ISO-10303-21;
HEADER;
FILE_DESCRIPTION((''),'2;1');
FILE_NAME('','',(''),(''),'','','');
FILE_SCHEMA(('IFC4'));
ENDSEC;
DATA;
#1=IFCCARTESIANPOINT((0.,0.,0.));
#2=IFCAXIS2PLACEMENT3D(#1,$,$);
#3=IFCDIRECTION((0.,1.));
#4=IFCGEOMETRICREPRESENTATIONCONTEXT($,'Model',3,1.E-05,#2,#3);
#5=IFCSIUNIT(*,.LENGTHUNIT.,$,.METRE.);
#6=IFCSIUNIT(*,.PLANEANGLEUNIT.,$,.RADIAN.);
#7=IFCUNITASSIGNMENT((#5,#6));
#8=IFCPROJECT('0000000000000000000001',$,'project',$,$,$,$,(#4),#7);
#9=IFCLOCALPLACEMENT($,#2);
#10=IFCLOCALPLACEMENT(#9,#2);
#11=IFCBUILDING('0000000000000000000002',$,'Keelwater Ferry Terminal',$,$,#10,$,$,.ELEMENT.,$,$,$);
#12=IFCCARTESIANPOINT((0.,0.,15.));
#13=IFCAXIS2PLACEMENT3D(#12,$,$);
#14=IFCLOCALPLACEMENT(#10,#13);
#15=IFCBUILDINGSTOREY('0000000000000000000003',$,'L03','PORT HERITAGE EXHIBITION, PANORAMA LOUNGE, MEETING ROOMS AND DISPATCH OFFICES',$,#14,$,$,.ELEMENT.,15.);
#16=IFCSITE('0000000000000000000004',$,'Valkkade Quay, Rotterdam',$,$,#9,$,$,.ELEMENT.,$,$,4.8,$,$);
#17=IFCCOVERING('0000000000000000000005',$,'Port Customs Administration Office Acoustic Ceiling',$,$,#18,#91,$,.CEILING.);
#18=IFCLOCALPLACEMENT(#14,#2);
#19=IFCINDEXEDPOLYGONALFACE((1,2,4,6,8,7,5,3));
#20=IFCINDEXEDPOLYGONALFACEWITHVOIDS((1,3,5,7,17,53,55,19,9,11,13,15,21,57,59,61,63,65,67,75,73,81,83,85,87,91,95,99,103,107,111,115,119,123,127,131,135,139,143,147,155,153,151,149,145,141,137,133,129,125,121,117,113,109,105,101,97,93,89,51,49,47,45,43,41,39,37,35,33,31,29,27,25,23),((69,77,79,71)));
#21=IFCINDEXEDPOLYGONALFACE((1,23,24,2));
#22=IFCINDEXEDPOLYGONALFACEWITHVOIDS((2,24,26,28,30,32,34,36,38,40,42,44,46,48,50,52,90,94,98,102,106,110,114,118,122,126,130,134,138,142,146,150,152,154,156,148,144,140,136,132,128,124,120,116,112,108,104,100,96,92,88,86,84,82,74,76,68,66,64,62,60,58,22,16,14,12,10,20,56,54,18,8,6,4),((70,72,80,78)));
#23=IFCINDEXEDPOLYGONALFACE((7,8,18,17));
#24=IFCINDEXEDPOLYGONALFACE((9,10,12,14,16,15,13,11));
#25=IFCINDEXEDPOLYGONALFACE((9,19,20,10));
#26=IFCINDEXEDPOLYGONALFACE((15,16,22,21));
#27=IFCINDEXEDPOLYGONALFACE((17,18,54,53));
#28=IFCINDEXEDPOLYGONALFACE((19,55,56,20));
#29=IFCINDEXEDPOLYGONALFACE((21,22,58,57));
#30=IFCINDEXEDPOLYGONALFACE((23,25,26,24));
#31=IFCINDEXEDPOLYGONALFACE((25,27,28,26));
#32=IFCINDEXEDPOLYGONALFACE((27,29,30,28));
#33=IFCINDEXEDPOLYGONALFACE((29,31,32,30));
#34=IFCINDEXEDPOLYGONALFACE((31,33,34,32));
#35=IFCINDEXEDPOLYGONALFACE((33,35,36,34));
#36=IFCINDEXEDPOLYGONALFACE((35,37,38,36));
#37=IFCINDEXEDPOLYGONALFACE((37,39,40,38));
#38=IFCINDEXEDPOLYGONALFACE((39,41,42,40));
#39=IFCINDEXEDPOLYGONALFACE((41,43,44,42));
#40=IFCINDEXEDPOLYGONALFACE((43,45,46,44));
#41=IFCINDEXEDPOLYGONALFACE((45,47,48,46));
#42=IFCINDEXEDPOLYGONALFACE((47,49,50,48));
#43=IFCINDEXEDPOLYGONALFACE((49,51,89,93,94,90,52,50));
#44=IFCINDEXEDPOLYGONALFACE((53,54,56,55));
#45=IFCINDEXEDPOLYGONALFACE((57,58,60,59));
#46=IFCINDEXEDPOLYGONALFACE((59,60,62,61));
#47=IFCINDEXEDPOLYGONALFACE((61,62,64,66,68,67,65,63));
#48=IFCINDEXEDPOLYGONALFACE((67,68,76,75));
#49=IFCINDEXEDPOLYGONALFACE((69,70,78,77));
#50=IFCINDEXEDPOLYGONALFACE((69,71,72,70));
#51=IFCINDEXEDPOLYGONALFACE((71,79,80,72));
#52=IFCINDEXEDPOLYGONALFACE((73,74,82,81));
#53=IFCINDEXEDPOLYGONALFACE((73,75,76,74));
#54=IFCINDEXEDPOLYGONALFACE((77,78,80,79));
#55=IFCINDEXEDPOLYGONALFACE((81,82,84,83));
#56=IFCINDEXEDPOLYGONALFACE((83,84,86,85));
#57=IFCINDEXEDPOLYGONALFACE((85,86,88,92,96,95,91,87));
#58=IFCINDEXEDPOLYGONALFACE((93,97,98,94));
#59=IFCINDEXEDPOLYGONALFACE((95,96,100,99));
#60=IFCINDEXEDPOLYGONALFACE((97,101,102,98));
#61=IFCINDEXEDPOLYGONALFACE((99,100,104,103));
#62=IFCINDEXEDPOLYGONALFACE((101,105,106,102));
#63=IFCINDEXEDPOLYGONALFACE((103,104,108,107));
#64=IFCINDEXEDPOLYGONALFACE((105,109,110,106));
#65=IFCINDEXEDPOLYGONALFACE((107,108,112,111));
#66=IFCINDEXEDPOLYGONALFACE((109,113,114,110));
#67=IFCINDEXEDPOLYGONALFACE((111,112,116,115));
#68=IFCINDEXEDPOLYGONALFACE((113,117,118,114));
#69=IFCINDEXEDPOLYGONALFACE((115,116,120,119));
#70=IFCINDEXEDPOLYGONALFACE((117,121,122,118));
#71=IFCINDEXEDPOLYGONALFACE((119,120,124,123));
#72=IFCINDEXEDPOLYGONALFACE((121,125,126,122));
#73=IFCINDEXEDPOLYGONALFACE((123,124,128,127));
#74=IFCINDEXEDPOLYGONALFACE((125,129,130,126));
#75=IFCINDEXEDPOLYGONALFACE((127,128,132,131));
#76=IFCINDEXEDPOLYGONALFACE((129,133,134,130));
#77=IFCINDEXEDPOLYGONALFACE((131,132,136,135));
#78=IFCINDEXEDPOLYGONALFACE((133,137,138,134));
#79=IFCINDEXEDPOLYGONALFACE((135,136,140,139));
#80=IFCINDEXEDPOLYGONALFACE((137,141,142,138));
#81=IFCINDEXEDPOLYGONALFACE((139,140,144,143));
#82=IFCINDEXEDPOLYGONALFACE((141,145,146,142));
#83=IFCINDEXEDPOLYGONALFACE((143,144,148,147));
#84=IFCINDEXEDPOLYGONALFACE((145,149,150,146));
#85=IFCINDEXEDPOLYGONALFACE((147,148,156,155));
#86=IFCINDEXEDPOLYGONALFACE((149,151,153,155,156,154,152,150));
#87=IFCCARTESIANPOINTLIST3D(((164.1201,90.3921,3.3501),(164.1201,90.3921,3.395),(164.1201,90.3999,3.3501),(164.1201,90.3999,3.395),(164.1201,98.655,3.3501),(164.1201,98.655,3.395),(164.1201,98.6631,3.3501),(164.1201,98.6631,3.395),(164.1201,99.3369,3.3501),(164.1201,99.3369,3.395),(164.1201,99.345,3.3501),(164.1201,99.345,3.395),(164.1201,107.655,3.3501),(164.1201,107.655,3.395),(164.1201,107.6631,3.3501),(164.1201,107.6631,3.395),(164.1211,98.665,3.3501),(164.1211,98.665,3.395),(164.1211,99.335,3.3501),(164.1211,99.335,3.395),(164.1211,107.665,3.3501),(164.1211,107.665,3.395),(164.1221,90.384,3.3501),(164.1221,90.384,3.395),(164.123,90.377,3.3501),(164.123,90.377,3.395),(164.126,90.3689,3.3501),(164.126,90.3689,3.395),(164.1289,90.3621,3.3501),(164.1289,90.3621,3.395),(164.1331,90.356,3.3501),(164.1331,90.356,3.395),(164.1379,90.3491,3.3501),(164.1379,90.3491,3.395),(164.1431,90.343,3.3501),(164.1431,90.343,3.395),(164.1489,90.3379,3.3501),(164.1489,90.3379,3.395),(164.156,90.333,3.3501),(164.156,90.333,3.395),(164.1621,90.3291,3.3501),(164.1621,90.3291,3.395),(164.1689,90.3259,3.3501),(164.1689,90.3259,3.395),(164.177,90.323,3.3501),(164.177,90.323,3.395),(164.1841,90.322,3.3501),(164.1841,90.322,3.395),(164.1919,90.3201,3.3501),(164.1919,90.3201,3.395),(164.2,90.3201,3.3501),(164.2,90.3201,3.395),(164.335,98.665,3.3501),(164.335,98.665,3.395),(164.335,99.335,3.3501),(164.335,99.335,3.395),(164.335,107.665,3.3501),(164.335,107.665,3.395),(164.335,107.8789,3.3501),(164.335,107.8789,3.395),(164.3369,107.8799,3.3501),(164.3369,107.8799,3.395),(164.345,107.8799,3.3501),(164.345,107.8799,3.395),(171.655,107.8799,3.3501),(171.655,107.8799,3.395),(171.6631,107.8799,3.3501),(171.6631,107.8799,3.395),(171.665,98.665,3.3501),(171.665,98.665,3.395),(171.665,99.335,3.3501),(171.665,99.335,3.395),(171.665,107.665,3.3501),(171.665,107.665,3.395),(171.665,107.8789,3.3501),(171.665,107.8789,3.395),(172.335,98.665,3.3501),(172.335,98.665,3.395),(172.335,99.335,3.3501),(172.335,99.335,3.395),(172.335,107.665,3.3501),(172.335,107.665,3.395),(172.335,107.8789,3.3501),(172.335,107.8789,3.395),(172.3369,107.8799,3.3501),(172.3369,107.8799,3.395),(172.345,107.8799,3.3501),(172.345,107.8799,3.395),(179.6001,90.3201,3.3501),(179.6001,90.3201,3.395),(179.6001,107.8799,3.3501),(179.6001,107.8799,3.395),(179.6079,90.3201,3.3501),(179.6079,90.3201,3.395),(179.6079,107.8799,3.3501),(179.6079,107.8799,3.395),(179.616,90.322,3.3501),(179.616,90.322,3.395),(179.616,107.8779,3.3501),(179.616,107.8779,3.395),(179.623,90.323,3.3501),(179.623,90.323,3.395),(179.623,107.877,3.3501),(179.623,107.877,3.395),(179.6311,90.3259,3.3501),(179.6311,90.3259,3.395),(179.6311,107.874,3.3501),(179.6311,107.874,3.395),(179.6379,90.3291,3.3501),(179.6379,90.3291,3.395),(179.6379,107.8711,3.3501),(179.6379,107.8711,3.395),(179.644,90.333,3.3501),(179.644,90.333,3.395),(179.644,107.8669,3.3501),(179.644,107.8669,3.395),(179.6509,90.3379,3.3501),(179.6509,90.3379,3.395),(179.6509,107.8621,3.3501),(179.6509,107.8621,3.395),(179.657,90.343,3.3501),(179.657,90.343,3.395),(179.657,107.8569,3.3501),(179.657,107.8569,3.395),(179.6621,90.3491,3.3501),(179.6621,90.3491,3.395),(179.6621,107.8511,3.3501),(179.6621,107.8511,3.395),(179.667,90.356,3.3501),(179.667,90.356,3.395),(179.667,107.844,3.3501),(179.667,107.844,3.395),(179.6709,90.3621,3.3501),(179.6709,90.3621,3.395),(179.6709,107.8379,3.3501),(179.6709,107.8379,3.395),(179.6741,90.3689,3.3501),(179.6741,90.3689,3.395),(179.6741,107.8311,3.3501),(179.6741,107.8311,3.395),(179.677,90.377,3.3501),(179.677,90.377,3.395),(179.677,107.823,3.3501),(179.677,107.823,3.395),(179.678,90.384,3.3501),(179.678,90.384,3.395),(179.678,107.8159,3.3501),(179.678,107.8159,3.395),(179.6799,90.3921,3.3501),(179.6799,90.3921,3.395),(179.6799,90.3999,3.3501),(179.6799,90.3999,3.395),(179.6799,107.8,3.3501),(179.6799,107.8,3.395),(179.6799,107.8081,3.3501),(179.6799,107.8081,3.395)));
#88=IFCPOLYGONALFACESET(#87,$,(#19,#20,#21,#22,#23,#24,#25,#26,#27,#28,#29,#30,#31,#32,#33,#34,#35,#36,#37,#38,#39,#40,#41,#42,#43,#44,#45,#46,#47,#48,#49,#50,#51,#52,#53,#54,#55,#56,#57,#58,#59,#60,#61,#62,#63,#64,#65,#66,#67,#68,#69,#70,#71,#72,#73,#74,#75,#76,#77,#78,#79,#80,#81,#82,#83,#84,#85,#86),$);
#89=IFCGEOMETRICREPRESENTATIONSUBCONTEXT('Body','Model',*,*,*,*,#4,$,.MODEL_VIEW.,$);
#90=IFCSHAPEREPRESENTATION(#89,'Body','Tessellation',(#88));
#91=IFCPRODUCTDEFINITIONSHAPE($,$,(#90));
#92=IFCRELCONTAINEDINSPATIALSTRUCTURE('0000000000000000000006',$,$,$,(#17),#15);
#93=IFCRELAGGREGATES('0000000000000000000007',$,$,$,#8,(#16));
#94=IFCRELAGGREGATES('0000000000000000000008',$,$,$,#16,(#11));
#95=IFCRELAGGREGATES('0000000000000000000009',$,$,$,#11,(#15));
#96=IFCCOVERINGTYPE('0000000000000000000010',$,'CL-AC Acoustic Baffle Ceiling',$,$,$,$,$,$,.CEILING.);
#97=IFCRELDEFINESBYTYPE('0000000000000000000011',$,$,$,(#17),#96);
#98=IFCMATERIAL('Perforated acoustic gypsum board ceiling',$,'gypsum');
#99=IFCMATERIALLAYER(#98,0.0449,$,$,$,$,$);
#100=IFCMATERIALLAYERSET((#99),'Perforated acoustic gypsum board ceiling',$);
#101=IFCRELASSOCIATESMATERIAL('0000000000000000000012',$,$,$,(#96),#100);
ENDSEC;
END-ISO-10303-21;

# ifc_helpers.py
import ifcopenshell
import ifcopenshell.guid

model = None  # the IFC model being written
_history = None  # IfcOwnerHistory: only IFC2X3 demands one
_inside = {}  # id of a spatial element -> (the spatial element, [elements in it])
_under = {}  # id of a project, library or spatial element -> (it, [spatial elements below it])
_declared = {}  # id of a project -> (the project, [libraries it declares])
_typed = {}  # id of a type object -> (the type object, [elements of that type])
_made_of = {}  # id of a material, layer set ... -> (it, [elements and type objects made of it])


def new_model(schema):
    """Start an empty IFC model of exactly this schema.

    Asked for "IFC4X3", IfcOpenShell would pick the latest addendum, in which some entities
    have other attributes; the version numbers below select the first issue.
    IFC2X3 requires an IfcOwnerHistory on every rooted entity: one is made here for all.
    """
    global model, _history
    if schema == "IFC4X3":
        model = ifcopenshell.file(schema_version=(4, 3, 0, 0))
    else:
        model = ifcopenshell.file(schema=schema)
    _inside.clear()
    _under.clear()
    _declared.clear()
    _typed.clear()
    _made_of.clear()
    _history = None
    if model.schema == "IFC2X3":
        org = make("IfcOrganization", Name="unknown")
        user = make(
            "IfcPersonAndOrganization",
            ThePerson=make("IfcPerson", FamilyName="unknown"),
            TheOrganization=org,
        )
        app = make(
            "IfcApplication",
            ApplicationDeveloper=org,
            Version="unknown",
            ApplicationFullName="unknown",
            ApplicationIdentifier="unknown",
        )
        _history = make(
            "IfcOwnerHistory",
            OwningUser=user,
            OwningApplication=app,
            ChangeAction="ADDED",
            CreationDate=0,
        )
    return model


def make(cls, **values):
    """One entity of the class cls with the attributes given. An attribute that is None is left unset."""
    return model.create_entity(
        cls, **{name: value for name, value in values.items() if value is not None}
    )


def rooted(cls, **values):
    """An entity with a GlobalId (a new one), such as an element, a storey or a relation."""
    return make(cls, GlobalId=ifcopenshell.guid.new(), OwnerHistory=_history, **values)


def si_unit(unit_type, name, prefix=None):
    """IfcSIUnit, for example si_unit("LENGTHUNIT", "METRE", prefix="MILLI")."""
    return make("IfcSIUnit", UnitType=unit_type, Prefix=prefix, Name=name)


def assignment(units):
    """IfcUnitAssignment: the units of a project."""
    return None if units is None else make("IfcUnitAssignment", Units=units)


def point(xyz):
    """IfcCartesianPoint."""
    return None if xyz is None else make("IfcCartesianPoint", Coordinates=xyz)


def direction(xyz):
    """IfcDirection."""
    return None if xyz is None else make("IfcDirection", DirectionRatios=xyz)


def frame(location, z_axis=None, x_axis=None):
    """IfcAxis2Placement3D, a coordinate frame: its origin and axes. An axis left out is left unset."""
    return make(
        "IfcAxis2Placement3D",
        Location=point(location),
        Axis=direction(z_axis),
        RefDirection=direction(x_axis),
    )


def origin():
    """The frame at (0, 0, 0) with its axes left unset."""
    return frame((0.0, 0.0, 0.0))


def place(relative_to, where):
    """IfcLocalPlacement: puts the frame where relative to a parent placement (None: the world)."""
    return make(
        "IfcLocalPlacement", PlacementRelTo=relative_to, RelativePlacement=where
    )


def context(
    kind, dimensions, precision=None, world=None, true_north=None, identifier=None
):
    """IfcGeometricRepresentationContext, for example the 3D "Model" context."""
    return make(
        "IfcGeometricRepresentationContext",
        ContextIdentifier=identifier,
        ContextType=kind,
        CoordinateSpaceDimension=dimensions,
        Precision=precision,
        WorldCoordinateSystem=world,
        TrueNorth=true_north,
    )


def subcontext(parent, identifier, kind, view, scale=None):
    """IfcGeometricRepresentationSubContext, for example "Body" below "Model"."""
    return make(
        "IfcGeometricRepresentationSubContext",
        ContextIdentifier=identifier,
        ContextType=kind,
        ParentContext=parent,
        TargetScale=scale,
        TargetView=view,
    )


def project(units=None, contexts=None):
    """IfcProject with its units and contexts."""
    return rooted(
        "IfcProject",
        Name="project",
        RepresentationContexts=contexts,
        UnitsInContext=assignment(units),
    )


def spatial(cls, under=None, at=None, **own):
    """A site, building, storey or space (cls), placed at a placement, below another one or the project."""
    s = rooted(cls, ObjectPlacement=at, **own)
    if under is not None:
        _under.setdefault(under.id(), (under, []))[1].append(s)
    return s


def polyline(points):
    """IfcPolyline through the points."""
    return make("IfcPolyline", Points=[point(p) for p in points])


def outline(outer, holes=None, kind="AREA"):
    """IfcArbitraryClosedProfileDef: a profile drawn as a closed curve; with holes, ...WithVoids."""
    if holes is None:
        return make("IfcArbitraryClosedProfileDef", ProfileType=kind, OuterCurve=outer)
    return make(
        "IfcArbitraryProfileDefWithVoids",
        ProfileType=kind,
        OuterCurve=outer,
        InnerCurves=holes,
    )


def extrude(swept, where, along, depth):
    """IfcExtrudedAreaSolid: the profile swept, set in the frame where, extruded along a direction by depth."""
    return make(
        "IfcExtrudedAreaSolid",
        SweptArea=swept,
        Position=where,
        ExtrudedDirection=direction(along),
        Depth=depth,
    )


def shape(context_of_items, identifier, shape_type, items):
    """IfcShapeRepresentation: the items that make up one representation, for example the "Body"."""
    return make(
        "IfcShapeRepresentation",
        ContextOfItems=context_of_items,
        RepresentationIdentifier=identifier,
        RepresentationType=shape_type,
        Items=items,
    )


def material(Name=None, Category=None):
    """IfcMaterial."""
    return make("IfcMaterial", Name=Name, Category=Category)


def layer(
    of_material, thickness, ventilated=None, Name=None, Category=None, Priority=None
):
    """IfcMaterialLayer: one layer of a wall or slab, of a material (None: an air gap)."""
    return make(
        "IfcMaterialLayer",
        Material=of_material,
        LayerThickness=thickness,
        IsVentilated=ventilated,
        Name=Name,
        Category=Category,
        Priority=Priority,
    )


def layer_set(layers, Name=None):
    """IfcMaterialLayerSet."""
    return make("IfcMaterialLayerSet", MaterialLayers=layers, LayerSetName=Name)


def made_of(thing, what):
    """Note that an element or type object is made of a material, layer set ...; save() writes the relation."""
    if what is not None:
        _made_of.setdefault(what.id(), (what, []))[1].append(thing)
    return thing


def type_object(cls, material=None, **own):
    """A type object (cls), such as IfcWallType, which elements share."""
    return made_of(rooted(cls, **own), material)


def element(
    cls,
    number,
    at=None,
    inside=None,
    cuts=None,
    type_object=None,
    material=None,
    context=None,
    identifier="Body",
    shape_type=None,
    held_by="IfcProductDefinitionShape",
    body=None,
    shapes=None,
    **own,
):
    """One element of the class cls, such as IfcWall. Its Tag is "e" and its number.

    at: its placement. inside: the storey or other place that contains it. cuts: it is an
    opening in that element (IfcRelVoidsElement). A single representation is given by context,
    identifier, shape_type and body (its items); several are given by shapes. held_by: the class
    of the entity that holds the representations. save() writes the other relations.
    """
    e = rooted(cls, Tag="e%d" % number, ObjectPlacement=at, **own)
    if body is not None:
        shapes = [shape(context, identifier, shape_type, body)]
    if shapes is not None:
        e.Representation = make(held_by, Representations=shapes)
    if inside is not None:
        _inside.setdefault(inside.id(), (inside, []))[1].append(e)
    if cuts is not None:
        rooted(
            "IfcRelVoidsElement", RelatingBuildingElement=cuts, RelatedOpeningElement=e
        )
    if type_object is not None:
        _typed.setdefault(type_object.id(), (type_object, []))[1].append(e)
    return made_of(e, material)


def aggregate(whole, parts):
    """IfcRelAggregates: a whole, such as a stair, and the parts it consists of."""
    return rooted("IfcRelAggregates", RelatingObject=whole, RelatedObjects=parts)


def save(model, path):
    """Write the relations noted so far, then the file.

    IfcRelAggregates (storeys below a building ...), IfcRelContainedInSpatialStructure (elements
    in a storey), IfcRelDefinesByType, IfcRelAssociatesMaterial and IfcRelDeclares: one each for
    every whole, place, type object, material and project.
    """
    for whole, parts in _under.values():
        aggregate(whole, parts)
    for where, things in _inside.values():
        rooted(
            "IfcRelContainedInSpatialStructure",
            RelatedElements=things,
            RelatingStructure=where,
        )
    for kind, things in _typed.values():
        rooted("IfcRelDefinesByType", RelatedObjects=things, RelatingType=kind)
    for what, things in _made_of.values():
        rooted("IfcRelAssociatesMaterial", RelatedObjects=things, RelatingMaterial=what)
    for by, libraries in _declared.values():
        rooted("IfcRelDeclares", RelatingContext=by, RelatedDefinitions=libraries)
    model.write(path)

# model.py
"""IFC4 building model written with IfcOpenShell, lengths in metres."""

from ifc_helpers import new_model, si_unit, direction, frame, origin, place, context, subcontext, project, spatial, polyline, outline, extrude, material, layer, layer_set, type_object, element, save


model = new_model("IFC4")

# Units and contexts
model_context = context("Model", 3, precision=1e-05, world=origin(), true_north=direction((0.0, 1.0)))
body_context = subcontext(model_context, "Body", "Model", "MODEL_VIEW")
ifc_project = project(units=[si_unit("LENGTHUNIT", "METRE"), si_unit("PLANEANGLEUNIT", "RADIAN")], contexts=[model_context])

# Site, building, storey
site_placement = place(None, origin())
site = spatial("IfcSite", under=ifc_project, at=site_placement, Name="Valkkade Quay, Rotterdam", CompositionType="ELEMENT", RefElevation=4.8)
building_placement = place(site_placement, origin())
building = spatial("IfcBuilding", under=site, at=building_placement, Name="Keelwater Ferry Terminal", CompositionType="ELEMENT")
storey_placement = place(building_placement, frame((0.0, 0.0, 15.0)))
storey = spatial("IfcBuildingStorey", under=building, at=storey_placement, Name="L03", Description="PORT HERITAGE EXHIBITION, PANORAMA LOUNGE, MEETING ROOMS AND DISPATCH OFFICES", CompositionType="ELEMENT", Elevation=15.0)

# Covering
ifc_material_1 = material(Name="Perforated acoustic gypsum board ceiling", Category="gypsum")
ifc_layer_1 = layer(ifc_material_1, 0.0449)
ifc_layer_set_1 = layer_set([ifc_layer_1], Name="Perforated acoustic gypsum board ceiling")
covering_type_1 = type_object("IfcCoveringType", Name="CL-AC Acoustic Baffle Ceiling", PredefinedType="CEILING", material=ifc_layer_set_1)
covering_1_placement = place(storey_placement, frame((0.0, 0.0, 3.3501)))
element("IfcCovering", 1, at=covering_1_placement, inside=storey, type_object=covering_type_1, Name="Port Customs Administration Office Acoustic Ceiling", PredefinedType="CEILING", context=body_context, shape_type="SweptSolid", body=[
    extrude(outline(polyline([(171.665, 107.8789), (171.665, 107.665), (172.335, 107.665), (172.335, 107.8789), (172.3369, 107.8799), (172.345, 107.8799), (179.6001, 107.8799), (179.6079, 107.8799), (179.616, 107.8779), (179.623, 107.877), (179.6311, 107.874), (179.6379, 107.8711), (179.644, 107.8669), (179.6509, 107.8621), (179.657, 107.8569), (179.6621, 107.8511), (179.667, 107.844), (179.6709, 107.8379), (179.6741, 107.8311), (179.677, 107.823), (179.678, 107.8159), (179.6799, 107.8081), (179.6799, 107.8), (179.6799, 90.3999), (179.6799, 90.3921), (179.678, 90.384), (179.677, 90.377), (179.6741, 90.3689), (179.6709, 90.3621), (179.667, 90.356), (179.6621, 90.3491), (179.657, 90.343), (179.6509, 90.3379), (179.644, 90.333), (179.6379, 90.3291), (179.6311, 90.3259), (179.623, 90.323), (179.616, 90.322), (179.6079, 90.3201), (179.6001, 90.3201), (164.2, 90.3201), (164.1919, 90.3201), (164.1841, 90.322), (164.177, 90.323), (164.1689, 90.3259), (164.1621, 90.3291), (164.156, 90.333), (164.1489, 90.3379), (164.1431, 90.343), (164.1379, 90.3491), (164.1331, 90.356), (164.1289, 90.3621), (164.126, 90.3689), (164.123, 90.377), (164.1221, 90.384), (164.1201, 90.3921), (164.1201, 90.3999), (164.1201, 98.655), (164.1201, 98.6631), (164.1211, 98.665), (164.335, 98.665), (164.335, 99.335), (164.1211, 99.335), (164.1201, 99.3369), (164.1201, 99.345), (164.1201, 107.655), (164.1201, 107.6631), (164.1211, 107.665), (164.335, 107.665), (164.335, 107.8789), (164.3369, 107.8799), (164.345, 107.8799), (171.655, 107.8799), (171.6631, 107.8799), (171.665, 107.8789)]), holes=[polyline([(171.665, 98.665), (172.335, 98.665), (172.335, 99.335), (171.665, 99.335), (171.665, 98.665)])]), origin(), (0.0, 0.0, 1.0), 0.0449),
])

save(model, "model.ifc")
